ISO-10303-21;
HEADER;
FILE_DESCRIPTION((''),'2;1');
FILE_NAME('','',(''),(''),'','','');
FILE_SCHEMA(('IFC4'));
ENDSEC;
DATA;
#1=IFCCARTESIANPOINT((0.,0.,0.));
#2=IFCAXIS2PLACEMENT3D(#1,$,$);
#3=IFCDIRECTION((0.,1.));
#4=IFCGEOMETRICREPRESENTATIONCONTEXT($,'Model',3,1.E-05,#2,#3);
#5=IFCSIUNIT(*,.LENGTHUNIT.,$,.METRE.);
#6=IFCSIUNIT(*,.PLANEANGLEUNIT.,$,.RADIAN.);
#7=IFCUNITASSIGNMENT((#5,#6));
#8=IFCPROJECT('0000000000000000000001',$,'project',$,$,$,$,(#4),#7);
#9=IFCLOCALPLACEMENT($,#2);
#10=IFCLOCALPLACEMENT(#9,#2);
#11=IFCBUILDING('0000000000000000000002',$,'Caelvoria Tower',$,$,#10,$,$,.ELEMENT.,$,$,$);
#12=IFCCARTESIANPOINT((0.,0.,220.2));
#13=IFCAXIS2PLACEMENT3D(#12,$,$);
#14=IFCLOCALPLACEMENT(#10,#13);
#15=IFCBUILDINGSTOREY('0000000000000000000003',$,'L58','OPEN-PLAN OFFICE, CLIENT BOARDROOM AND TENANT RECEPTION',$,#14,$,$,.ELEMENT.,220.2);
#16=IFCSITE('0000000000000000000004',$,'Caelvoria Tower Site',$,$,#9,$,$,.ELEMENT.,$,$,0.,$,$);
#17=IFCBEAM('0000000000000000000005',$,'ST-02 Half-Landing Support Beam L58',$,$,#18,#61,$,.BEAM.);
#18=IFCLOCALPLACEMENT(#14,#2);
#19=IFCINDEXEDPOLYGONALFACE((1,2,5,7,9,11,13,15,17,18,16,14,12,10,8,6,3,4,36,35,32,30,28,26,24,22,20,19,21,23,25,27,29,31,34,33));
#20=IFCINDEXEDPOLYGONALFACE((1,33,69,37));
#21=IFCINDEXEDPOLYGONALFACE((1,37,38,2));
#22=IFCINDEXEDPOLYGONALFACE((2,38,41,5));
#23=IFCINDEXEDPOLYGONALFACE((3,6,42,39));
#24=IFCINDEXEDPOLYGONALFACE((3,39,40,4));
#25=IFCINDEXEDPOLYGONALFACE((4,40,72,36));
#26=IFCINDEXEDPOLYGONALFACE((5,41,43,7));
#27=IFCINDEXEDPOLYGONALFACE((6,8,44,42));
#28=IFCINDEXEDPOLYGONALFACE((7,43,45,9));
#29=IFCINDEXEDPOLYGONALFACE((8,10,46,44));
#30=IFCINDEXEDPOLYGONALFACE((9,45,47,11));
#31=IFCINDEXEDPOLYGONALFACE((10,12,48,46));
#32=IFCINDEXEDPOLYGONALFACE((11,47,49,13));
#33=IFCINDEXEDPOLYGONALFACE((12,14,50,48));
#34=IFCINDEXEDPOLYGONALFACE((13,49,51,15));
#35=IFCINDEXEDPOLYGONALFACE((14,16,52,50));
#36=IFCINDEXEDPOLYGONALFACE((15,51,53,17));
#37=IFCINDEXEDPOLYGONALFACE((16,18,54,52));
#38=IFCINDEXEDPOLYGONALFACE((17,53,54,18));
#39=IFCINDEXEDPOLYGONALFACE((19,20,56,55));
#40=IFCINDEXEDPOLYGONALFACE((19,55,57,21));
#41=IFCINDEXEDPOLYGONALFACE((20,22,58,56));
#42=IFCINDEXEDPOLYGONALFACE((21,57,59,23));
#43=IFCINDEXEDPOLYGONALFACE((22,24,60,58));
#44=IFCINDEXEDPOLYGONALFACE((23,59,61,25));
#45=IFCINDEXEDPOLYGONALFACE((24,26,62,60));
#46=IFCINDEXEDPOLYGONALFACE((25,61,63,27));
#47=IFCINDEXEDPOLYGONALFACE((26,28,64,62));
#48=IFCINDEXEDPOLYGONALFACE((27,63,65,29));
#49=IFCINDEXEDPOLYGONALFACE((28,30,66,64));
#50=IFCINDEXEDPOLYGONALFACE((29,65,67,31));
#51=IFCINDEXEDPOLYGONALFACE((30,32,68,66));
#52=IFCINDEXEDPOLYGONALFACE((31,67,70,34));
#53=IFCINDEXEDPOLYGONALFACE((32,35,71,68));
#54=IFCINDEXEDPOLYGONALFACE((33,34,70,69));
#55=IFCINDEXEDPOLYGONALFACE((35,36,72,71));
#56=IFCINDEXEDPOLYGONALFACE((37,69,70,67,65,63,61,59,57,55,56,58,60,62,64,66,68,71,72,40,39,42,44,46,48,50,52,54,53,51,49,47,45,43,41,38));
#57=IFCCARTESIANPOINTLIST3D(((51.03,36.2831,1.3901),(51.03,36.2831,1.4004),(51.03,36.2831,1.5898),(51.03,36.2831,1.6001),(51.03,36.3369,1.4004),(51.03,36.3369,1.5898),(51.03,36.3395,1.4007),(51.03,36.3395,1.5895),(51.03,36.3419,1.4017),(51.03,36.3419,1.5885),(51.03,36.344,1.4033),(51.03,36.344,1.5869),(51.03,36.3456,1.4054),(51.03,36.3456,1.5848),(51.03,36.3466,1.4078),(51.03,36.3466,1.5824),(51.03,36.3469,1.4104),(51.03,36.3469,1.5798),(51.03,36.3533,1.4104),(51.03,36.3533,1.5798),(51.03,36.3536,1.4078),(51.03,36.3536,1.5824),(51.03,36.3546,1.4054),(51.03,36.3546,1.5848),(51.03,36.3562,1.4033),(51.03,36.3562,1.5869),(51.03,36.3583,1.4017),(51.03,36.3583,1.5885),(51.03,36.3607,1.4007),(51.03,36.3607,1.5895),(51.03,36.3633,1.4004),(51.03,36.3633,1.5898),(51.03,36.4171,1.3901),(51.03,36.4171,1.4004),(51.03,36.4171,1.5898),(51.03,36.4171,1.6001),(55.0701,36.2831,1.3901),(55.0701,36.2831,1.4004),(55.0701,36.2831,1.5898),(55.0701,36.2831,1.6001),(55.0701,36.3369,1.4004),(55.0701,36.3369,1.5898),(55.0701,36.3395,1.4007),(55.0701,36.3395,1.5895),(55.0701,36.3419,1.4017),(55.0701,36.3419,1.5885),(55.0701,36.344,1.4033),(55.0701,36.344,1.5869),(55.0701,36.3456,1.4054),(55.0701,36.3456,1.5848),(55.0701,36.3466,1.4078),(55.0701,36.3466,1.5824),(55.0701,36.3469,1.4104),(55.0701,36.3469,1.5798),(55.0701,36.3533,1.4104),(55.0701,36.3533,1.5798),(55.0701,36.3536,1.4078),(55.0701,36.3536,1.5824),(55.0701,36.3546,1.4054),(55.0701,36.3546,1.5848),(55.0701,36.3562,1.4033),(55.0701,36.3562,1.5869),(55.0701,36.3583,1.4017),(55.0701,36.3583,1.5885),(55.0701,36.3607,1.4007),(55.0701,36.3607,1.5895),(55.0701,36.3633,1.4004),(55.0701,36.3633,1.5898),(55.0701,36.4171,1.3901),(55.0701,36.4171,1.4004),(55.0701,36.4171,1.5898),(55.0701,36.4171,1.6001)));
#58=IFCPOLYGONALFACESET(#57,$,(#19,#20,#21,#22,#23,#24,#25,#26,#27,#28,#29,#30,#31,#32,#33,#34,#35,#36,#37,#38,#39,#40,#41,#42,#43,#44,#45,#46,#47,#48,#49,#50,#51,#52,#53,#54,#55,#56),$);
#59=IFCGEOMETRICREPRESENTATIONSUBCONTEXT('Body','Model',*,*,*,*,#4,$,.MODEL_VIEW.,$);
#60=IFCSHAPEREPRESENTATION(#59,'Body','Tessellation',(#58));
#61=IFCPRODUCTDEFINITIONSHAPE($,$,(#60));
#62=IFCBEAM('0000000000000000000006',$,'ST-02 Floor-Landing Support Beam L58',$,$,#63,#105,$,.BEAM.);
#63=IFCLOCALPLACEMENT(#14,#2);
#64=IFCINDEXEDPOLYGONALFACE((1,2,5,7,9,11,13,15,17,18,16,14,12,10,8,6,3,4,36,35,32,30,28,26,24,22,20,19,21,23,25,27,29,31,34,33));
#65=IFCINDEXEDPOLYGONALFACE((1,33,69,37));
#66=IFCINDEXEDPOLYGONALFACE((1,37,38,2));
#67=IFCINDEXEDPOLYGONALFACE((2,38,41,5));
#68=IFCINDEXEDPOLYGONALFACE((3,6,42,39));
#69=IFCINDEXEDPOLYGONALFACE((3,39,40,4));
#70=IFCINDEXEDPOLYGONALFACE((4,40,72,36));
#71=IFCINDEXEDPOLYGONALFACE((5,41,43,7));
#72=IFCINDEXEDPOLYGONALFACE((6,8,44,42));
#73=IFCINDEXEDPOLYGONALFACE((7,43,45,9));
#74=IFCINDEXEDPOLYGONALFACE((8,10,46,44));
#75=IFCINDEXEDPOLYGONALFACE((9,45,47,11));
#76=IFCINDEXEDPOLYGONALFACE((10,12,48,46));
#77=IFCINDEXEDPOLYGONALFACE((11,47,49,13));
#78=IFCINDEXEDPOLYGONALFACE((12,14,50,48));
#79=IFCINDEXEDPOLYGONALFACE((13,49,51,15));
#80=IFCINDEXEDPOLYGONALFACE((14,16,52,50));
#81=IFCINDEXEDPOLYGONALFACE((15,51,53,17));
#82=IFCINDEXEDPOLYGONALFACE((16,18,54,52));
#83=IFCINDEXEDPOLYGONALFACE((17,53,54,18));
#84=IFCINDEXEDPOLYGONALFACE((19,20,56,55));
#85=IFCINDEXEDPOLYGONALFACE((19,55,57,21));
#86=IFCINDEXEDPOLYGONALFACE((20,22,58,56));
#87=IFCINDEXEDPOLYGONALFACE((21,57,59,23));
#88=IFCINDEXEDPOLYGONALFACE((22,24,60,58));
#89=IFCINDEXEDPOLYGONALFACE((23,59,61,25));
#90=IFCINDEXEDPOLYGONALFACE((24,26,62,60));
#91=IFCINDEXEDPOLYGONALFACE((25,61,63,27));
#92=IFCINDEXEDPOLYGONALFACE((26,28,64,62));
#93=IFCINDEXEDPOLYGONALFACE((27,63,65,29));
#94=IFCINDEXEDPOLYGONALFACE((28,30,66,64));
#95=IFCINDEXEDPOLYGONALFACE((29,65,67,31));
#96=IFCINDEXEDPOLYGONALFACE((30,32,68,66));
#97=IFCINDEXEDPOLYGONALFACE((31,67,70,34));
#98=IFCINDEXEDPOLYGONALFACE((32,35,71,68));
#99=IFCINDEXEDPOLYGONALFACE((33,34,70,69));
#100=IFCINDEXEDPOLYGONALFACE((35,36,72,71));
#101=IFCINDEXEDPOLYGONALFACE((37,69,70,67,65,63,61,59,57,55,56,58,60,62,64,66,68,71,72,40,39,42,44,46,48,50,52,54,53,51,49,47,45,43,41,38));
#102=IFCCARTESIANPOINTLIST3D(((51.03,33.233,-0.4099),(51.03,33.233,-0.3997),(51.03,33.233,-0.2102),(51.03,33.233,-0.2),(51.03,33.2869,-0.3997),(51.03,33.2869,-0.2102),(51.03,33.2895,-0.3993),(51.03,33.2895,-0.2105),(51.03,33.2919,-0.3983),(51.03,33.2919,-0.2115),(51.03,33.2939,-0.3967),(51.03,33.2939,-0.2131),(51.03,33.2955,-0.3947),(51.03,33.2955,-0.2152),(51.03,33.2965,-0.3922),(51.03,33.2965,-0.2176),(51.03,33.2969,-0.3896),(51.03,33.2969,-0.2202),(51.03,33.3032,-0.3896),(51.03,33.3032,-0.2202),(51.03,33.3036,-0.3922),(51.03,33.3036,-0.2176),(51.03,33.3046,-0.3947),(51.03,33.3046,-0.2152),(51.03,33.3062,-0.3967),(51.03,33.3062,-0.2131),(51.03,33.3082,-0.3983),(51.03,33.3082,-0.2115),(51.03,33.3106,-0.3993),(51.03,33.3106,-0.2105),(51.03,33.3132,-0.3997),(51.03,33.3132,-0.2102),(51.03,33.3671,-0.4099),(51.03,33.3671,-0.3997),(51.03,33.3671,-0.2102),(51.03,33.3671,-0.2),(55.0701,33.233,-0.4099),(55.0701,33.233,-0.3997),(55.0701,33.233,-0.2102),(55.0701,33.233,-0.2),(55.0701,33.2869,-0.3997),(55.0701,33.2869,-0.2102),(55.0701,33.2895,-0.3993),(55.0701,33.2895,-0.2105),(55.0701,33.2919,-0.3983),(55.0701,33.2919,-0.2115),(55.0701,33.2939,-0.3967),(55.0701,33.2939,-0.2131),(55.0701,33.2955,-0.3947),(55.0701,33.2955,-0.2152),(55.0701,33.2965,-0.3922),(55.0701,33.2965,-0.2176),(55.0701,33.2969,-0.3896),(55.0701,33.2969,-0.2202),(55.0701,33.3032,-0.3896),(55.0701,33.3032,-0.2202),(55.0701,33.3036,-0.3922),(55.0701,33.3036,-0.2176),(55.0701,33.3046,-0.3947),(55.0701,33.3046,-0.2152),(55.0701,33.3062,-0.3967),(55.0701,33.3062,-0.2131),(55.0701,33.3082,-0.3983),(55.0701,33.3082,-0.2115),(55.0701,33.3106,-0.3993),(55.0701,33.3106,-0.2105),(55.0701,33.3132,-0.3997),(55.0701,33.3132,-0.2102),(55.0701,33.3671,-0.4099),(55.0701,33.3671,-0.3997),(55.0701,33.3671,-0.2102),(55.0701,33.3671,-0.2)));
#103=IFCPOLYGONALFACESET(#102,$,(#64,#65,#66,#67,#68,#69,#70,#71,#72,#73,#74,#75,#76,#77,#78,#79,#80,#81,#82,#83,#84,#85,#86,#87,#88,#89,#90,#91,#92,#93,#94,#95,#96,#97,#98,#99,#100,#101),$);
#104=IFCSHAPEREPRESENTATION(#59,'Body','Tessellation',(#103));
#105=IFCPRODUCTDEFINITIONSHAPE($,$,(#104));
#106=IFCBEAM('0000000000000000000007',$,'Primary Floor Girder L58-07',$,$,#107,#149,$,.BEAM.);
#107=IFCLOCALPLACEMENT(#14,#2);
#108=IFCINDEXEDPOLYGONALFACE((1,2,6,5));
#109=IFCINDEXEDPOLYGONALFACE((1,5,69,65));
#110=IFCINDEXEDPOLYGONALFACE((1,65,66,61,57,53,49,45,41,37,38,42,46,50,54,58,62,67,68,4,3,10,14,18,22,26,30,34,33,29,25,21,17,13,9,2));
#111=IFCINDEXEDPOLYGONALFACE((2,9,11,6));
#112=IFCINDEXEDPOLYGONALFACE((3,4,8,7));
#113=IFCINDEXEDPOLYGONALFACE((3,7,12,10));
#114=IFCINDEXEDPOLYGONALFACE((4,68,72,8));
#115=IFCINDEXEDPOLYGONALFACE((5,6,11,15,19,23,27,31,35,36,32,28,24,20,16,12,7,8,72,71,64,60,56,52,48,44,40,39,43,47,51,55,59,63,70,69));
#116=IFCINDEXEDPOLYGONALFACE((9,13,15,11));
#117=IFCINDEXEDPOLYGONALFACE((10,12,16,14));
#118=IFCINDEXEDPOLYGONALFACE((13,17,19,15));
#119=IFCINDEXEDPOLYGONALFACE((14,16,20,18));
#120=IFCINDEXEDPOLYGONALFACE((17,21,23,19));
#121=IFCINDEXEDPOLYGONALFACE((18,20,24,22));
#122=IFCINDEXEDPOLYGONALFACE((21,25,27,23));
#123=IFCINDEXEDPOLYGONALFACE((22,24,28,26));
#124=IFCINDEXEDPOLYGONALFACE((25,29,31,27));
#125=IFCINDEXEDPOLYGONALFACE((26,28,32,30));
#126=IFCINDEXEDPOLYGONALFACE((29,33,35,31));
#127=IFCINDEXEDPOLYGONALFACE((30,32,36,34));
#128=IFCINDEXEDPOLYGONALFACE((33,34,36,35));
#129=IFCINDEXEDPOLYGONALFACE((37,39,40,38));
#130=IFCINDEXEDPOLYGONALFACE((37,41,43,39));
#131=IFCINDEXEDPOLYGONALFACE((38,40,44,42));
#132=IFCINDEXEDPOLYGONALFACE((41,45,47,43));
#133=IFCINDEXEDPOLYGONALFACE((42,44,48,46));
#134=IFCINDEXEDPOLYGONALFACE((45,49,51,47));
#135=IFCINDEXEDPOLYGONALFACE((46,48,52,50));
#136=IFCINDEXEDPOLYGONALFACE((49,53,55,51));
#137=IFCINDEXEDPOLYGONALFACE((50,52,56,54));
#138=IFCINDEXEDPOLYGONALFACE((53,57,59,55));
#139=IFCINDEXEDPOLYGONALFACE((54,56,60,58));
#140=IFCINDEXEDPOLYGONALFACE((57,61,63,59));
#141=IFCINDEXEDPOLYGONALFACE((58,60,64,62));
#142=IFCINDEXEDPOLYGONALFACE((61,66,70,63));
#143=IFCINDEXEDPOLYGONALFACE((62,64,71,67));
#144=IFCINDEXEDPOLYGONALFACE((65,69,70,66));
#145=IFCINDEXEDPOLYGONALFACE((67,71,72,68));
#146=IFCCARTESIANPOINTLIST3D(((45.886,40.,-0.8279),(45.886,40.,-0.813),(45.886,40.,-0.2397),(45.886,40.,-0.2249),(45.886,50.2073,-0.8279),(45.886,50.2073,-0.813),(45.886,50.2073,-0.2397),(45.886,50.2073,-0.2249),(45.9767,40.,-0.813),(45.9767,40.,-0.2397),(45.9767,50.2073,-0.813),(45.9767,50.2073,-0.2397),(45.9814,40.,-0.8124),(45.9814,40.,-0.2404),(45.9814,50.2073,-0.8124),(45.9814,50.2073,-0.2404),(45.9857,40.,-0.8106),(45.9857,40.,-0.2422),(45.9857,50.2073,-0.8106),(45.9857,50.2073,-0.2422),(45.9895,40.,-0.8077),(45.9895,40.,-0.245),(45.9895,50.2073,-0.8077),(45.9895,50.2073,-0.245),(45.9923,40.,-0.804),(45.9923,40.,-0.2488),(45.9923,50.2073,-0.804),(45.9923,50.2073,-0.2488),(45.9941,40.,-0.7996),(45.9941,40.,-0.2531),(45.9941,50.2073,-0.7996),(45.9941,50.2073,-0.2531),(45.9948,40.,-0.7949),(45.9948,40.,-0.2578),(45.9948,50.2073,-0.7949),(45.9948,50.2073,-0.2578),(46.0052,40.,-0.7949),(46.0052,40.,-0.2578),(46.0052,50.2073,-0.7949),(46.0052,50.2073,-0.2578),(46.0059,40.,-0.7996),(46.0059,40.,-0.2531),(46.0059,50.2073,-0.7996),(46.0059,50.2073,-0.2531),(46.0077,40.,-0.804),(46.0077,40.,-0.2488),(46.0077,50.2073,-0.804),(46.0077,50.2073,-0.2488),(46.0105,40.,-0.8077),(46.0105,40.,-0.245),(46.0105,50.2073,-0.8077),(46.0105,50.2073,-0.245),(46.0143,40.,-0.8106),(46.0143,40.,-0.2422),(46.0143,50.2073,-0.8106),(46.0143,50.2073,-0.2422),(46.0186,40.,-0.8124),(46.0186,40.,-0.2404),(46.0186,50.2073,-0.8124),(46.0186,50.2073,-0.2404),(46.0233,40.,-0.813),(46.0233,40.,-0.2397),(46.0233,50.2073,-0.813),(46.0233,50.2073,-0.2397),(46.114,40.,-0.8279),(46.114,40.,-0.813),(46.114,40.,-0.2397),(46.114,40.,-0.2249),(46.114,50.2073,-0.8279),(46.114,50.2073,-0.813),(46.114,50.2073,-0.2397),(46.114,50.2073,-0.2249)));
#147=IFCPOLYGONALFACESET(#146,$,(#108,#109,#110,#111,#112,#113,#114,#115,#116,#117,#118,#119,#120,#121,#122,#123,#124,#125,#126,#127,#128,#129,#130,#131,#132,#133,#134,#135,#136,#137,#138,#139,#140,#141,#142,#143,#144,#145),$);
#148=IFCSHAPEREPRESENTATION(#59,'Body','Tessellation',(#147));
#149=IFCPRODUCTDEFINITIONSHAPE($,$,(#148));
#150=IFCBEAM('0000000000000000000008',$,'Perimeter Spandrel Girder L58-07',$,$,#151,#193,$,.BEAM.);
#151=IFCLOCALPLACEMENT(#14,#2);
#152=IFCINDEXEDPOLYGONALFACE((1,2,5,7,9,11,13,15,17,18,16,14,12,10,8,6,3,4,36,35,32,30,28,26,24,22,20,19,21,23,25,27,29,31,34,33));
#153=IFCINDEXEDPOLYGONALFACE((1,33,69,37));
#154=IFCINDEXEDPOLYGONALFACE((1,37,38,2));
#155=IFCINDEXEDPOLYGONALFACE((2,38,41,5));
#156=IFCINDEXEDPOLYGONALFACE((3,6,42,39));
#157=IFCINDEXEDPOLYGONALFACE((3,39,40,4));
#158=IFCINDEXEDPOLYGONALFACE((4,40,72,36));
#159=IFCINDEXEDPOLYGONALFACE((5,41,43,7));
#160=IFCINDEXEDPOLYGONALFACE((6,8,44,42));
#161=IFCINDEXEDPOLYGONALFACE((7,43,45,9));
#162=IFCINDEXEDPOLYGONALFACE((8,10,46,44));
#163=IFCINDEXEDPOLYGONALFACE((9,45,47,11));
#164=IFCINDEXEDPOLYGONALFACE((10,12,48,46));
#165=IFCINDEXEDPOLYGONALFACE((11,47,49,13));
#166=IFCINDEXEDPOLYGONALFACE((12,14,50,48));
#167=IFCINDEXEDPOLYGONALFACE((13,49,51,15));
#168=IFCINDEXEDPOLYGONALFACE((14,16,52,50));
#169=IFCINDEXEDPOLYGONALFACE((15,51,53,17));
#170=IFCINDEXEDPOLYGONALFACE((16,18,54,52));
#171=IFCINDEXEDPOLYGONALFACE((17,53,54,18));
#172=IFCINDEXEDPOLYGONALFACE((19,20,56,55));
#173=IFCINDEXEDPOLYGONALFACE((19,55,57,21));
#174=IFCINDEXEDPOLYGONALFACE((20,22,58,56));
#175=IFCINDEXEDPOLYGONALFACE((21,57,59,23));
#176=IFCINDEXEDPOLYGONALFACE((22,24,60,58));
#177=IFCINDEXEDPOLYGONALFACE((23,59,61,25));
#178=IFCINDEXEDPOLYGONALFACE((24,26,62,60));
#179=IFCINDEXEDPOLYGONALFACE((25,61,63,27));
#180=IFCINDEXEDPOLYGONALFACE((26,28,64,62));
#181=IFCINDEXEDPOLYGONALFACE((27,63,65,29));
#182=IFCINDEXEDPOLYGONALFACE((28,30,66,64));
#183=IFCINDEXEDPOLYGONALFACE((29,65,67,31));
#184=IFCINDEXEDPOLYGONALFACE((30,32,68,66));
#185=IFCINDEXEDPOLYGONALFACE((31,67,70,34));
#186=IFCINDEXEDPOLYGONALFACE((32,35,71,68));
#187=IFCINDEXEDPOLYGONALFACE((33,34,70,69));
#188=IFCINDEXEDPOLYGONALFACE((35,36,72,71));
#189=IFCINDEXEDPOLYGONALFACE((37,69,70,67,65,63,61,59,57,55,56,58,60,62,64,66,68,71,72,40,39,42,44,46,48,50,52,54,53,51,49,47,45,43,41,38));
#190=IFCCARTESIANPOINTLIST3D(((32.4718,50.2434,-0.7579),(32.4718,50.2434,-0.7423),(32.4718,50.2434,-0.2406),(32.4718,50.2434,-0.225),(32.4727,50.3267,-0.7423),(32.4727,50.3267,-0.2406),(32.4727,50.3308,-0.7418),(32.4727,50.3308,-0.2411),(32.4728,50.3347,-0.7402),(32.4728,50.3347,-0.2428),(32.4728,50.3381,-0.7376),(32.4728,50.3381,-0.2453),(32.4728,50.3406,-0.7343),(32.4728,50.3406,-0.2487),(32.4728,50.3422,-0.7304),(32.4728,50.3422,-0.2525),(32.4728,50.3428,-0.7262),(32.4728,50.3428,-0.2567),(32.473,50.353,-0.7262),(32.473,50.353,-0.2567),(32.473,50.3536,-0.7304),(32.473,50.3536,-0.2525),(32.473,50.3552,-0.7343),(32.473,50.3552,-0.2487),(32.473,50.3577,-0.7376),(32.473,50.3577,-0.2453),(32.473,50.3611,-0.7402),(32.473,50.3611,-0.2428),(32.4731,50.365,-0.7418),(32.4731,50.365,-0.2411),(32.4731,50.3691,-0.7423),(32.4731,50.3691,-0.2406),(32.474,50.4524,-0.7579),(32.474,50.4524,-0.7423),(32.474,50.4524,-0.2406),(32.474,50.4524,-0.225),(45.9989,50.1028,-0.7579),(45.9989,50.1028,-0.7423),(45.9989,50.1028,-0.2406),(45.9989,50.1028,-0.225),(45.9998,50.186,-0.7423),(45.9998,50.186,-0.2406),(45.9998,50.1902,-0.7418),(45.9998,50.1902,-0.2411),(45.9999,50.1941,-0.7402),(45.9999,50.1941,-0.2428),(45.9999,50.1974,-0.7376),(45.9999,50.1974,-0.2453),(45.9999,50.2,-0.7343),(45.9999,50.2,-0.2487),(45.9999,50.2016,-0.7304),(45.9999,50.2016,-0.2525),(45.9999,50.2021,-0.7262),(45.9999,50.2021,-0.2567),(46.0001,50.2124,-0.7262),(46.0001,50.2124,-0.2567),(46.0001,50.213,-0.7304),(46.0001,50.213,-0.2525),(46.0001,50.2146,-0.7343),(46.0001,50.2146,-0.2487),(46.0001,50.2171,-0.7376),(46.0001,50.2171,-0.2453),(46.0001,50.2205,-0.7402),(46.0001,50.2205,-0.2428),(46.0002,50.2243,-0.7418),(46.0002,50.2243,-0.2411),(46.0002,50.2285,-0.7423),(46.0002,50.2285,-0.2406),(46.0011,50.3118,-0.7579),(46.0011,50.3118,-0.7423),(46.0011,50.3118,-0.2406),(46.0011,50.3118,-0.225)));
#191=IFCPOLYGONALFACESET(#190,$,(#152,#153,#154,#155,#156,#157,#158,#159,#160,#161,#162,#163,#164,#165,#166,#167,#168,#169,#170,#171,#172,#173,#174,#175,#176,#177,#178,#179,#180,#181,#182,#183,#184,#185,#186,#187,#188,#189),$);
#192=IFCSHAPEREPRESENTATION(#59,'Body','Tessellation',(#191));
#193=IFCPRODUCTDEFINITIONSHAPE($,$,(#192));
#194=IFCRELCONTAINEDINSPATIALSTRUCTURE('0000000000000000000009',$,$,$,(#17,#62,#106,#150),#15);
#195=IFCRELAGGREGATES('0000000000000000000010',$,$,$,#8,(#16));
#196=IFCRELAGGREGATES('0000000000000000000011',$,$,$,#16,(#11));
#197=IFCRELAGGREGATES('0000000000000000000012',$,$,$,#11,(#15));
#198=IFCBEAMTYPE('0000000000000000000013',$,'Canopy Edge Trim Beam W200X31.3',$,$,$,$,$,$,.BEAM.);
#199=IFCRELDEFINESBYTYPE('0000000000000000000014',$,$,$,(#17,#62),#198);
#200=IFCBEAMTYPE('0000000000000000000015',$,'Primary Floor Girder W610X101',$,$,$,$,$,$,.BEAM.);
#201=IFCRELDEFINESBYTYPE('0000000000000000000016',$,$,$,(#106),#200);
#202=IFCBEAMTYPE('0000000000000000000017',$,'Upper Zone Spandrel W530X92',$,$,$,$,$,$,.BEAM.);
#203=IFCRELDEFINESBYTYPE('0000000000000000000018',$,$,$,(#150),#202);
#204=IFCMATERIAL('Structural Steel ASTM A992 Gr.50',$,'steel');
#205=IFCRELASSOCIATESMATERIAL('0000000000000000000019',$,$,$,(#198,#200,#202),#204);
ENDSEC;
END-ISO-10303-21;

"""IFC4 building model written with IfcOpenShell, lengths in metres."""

from ifc_helpers import new_model, si_unit, direction, frame, origin, origin_2d, place, context, subcontext, project, spatial, i_section, extrude, material, material_profile, profile_set, type_object, element, save


model = new_model("IFC4")

# Units and contexts
model_context = context("Model", 3, precision=1e-05, world=origin(), true_north=direction((0.0, 1.0)))
body_context = subcontext(model_context, "Body", "Model", "MODEL_VIEW")
ifc_project = project(units=[si_unit("LENGTHUNIT", "METRE"), si_unit("PLANEANGLEUNIT", "RADIAN")], contexts=[model_context])

# Site, building, storey
site_placement = place(None, origin())
site = spatial("IfcSite", under=ifc_project, at=site_placement, Name="Caelvoria Tower Site", CompositionType="ELEMENT", RefElevation=0.0)
building_placement = place(site_placement, origin())
building = spatial("IfcBuilding", under=site, at=building_placement, Name="Caelvoria Tower", CompositionType="ELEMENT")
storey_placement = place(building_placement, frame((0.0, 0.0, 220.2)))
storey = spatial("IfcBuildingStorey", under=building, at=storey_placement, Name="L58", Description="OPEN-PLAN OFFICE, CLIENT BOARDROOM AND TENANT RECEPTION", CompositionType="ELEMENT", Elevation=220.2)

# Beams
ifc_material_1 = material(Name="Structural Steel ASTM A992 Gr.50", Category="steel")
ifc_material_profile_1 = material_profile(ifc_material_1, i_section(OverallWidth=0.134, OverallDepth=0.21, WebThickness=0.0063, FlangeThickness=0.0103, FilletRadius=0.01, at=origin_2d()), Name="Structural Steel ASTM A992 Gr.50")
ifc_profile_set_1 = profile_set([ifc_material_profile_1], Name="W200X31.3 - Structural Steel ASTM A992 Gr.50")
beam_type_1 = type_object("IfcBeamType", Name="Canopy Edge Trim Beam W200X31.3", PredefinedType="BEAM", material=ifc_profile_set_1)
for number, where, z_axis, x_axis, name in (
    (1, (51.03, 36.3501, 1.4951), (1.0, 0.0, 0.0), (0.0, 1.0, 0.0), "ST-02 Half-Landing Support Beam L58"),
    (2, (51.03, 33.3, -0.3049), (1.0, 0.0, 0.0), (0.0, 1.0, 0.0), "ST-02 Floor-Landing Support Beam L58"),
):
    element("IfcBeam", number, at=place(storey_placement, frame(where, z_axis=z_axis, x_axis=x_axis)), inside=storey, type_object=beam_type_1, Name=name, PredefinedType="BEAM", context=body_context, shape_type="SweptSolid", body=[
        extrude(i_section(OverallWidth=0.134, OverallDepth=0.21, WebThickness=0.0063, FlangeThickness=0.0103, FilletRadius=0.01, at=origin_2d()), origin(), (0.0, 0.0, 1.0), 4.04),
    ])
ifc_material_profile_2 = material_profile(ifc_material_1, i_section(OverallWidth=0.228, OverallDepth=0.603, WebThickness=0.0105, FlangeThickness=0.0149, FilletRadius=0.0181, at=origin_2d()), Name="Structural Steel ASTM A992 Gr.50")
ifc_profile_set_2 = profile_set([ifc_material_profile_2], Name="W610X101 - Structural Steel ASTM A992 Gr.50")
beam_type_2 = type_object("IfcBeamType", Name="Primary Floor Girder W610X101", PredefinedType="BEAM", material=ifc_profile_set_2)
beam_1_placement = place(storey_placement, frame((46.0, 40.0, -0.5264), z_axis=(0.0, 1.0, 0.0), x_axis=(-1.0, 0.0, 0.0)))
element("IfcBeam", 3, at=beam_1_placement, inside=storey, type_object=beam_type_2, Name="Primary Floor Girder L58-07", PredefinedType="BEAM", context=body_context, shape_type="SweptSolid", body=[
    extrude(i_section(OverallWidth=0.228, OverallDepth=0.603, WebThickness=0.0105, FlangeThickness=0.0149, FilletRadius=0.0181, at=origin_2d()), origin(), (0.0, 0.0, 1.0), 10.2073),
])
ifc_material_profile_3 = material_profile(ifc_material_1, i_section(OverallWidth=0.209, OverallDepth=0.533, WebThickness=0.0103, FlangeThickness=0.0156, FilletRadius=0.0161, at=origin_2d()), Name="Structural Steel ASTM A992 Gr.50")
ifc_profile_set_3 = profile_set([ifc_material_profile_3], Name="W530X92 - Structural Steel ASTM A992 Gr.50")
beam_type_3 = type_object("IfcBeamType", Name="Upper Zone Spandrel W530X92", PredefinedType="BEAM", material=ifc_profile_set_3)
beam_2_placement = place(storey_placement, frame((46.0, 50.2073, -0.4915), z_axis=(-0.999946, 0.010395, 0.0), x_axis=(-0.010395, -0.999946, 0.0)))
element("IfcBeam", 4, at=beam_2_placement, inside=storey, type_object=beam_type_3, Name="Perimeter Spandrel Girder L58-07", PredefinedType="BEAM", context=body_context, shape_type="SweptSolid", body=[
    extrude(i_section(OverallWidth=0.209, OverallDepth=0.533, WebThickness=0.0103, FlangeThickness=0.0156, FilletRadius=0.0161, at=origin_2d()), origin(), (0.0, 0.0, 1.0), 13.5278),
])

save(model, "model.ifc")
